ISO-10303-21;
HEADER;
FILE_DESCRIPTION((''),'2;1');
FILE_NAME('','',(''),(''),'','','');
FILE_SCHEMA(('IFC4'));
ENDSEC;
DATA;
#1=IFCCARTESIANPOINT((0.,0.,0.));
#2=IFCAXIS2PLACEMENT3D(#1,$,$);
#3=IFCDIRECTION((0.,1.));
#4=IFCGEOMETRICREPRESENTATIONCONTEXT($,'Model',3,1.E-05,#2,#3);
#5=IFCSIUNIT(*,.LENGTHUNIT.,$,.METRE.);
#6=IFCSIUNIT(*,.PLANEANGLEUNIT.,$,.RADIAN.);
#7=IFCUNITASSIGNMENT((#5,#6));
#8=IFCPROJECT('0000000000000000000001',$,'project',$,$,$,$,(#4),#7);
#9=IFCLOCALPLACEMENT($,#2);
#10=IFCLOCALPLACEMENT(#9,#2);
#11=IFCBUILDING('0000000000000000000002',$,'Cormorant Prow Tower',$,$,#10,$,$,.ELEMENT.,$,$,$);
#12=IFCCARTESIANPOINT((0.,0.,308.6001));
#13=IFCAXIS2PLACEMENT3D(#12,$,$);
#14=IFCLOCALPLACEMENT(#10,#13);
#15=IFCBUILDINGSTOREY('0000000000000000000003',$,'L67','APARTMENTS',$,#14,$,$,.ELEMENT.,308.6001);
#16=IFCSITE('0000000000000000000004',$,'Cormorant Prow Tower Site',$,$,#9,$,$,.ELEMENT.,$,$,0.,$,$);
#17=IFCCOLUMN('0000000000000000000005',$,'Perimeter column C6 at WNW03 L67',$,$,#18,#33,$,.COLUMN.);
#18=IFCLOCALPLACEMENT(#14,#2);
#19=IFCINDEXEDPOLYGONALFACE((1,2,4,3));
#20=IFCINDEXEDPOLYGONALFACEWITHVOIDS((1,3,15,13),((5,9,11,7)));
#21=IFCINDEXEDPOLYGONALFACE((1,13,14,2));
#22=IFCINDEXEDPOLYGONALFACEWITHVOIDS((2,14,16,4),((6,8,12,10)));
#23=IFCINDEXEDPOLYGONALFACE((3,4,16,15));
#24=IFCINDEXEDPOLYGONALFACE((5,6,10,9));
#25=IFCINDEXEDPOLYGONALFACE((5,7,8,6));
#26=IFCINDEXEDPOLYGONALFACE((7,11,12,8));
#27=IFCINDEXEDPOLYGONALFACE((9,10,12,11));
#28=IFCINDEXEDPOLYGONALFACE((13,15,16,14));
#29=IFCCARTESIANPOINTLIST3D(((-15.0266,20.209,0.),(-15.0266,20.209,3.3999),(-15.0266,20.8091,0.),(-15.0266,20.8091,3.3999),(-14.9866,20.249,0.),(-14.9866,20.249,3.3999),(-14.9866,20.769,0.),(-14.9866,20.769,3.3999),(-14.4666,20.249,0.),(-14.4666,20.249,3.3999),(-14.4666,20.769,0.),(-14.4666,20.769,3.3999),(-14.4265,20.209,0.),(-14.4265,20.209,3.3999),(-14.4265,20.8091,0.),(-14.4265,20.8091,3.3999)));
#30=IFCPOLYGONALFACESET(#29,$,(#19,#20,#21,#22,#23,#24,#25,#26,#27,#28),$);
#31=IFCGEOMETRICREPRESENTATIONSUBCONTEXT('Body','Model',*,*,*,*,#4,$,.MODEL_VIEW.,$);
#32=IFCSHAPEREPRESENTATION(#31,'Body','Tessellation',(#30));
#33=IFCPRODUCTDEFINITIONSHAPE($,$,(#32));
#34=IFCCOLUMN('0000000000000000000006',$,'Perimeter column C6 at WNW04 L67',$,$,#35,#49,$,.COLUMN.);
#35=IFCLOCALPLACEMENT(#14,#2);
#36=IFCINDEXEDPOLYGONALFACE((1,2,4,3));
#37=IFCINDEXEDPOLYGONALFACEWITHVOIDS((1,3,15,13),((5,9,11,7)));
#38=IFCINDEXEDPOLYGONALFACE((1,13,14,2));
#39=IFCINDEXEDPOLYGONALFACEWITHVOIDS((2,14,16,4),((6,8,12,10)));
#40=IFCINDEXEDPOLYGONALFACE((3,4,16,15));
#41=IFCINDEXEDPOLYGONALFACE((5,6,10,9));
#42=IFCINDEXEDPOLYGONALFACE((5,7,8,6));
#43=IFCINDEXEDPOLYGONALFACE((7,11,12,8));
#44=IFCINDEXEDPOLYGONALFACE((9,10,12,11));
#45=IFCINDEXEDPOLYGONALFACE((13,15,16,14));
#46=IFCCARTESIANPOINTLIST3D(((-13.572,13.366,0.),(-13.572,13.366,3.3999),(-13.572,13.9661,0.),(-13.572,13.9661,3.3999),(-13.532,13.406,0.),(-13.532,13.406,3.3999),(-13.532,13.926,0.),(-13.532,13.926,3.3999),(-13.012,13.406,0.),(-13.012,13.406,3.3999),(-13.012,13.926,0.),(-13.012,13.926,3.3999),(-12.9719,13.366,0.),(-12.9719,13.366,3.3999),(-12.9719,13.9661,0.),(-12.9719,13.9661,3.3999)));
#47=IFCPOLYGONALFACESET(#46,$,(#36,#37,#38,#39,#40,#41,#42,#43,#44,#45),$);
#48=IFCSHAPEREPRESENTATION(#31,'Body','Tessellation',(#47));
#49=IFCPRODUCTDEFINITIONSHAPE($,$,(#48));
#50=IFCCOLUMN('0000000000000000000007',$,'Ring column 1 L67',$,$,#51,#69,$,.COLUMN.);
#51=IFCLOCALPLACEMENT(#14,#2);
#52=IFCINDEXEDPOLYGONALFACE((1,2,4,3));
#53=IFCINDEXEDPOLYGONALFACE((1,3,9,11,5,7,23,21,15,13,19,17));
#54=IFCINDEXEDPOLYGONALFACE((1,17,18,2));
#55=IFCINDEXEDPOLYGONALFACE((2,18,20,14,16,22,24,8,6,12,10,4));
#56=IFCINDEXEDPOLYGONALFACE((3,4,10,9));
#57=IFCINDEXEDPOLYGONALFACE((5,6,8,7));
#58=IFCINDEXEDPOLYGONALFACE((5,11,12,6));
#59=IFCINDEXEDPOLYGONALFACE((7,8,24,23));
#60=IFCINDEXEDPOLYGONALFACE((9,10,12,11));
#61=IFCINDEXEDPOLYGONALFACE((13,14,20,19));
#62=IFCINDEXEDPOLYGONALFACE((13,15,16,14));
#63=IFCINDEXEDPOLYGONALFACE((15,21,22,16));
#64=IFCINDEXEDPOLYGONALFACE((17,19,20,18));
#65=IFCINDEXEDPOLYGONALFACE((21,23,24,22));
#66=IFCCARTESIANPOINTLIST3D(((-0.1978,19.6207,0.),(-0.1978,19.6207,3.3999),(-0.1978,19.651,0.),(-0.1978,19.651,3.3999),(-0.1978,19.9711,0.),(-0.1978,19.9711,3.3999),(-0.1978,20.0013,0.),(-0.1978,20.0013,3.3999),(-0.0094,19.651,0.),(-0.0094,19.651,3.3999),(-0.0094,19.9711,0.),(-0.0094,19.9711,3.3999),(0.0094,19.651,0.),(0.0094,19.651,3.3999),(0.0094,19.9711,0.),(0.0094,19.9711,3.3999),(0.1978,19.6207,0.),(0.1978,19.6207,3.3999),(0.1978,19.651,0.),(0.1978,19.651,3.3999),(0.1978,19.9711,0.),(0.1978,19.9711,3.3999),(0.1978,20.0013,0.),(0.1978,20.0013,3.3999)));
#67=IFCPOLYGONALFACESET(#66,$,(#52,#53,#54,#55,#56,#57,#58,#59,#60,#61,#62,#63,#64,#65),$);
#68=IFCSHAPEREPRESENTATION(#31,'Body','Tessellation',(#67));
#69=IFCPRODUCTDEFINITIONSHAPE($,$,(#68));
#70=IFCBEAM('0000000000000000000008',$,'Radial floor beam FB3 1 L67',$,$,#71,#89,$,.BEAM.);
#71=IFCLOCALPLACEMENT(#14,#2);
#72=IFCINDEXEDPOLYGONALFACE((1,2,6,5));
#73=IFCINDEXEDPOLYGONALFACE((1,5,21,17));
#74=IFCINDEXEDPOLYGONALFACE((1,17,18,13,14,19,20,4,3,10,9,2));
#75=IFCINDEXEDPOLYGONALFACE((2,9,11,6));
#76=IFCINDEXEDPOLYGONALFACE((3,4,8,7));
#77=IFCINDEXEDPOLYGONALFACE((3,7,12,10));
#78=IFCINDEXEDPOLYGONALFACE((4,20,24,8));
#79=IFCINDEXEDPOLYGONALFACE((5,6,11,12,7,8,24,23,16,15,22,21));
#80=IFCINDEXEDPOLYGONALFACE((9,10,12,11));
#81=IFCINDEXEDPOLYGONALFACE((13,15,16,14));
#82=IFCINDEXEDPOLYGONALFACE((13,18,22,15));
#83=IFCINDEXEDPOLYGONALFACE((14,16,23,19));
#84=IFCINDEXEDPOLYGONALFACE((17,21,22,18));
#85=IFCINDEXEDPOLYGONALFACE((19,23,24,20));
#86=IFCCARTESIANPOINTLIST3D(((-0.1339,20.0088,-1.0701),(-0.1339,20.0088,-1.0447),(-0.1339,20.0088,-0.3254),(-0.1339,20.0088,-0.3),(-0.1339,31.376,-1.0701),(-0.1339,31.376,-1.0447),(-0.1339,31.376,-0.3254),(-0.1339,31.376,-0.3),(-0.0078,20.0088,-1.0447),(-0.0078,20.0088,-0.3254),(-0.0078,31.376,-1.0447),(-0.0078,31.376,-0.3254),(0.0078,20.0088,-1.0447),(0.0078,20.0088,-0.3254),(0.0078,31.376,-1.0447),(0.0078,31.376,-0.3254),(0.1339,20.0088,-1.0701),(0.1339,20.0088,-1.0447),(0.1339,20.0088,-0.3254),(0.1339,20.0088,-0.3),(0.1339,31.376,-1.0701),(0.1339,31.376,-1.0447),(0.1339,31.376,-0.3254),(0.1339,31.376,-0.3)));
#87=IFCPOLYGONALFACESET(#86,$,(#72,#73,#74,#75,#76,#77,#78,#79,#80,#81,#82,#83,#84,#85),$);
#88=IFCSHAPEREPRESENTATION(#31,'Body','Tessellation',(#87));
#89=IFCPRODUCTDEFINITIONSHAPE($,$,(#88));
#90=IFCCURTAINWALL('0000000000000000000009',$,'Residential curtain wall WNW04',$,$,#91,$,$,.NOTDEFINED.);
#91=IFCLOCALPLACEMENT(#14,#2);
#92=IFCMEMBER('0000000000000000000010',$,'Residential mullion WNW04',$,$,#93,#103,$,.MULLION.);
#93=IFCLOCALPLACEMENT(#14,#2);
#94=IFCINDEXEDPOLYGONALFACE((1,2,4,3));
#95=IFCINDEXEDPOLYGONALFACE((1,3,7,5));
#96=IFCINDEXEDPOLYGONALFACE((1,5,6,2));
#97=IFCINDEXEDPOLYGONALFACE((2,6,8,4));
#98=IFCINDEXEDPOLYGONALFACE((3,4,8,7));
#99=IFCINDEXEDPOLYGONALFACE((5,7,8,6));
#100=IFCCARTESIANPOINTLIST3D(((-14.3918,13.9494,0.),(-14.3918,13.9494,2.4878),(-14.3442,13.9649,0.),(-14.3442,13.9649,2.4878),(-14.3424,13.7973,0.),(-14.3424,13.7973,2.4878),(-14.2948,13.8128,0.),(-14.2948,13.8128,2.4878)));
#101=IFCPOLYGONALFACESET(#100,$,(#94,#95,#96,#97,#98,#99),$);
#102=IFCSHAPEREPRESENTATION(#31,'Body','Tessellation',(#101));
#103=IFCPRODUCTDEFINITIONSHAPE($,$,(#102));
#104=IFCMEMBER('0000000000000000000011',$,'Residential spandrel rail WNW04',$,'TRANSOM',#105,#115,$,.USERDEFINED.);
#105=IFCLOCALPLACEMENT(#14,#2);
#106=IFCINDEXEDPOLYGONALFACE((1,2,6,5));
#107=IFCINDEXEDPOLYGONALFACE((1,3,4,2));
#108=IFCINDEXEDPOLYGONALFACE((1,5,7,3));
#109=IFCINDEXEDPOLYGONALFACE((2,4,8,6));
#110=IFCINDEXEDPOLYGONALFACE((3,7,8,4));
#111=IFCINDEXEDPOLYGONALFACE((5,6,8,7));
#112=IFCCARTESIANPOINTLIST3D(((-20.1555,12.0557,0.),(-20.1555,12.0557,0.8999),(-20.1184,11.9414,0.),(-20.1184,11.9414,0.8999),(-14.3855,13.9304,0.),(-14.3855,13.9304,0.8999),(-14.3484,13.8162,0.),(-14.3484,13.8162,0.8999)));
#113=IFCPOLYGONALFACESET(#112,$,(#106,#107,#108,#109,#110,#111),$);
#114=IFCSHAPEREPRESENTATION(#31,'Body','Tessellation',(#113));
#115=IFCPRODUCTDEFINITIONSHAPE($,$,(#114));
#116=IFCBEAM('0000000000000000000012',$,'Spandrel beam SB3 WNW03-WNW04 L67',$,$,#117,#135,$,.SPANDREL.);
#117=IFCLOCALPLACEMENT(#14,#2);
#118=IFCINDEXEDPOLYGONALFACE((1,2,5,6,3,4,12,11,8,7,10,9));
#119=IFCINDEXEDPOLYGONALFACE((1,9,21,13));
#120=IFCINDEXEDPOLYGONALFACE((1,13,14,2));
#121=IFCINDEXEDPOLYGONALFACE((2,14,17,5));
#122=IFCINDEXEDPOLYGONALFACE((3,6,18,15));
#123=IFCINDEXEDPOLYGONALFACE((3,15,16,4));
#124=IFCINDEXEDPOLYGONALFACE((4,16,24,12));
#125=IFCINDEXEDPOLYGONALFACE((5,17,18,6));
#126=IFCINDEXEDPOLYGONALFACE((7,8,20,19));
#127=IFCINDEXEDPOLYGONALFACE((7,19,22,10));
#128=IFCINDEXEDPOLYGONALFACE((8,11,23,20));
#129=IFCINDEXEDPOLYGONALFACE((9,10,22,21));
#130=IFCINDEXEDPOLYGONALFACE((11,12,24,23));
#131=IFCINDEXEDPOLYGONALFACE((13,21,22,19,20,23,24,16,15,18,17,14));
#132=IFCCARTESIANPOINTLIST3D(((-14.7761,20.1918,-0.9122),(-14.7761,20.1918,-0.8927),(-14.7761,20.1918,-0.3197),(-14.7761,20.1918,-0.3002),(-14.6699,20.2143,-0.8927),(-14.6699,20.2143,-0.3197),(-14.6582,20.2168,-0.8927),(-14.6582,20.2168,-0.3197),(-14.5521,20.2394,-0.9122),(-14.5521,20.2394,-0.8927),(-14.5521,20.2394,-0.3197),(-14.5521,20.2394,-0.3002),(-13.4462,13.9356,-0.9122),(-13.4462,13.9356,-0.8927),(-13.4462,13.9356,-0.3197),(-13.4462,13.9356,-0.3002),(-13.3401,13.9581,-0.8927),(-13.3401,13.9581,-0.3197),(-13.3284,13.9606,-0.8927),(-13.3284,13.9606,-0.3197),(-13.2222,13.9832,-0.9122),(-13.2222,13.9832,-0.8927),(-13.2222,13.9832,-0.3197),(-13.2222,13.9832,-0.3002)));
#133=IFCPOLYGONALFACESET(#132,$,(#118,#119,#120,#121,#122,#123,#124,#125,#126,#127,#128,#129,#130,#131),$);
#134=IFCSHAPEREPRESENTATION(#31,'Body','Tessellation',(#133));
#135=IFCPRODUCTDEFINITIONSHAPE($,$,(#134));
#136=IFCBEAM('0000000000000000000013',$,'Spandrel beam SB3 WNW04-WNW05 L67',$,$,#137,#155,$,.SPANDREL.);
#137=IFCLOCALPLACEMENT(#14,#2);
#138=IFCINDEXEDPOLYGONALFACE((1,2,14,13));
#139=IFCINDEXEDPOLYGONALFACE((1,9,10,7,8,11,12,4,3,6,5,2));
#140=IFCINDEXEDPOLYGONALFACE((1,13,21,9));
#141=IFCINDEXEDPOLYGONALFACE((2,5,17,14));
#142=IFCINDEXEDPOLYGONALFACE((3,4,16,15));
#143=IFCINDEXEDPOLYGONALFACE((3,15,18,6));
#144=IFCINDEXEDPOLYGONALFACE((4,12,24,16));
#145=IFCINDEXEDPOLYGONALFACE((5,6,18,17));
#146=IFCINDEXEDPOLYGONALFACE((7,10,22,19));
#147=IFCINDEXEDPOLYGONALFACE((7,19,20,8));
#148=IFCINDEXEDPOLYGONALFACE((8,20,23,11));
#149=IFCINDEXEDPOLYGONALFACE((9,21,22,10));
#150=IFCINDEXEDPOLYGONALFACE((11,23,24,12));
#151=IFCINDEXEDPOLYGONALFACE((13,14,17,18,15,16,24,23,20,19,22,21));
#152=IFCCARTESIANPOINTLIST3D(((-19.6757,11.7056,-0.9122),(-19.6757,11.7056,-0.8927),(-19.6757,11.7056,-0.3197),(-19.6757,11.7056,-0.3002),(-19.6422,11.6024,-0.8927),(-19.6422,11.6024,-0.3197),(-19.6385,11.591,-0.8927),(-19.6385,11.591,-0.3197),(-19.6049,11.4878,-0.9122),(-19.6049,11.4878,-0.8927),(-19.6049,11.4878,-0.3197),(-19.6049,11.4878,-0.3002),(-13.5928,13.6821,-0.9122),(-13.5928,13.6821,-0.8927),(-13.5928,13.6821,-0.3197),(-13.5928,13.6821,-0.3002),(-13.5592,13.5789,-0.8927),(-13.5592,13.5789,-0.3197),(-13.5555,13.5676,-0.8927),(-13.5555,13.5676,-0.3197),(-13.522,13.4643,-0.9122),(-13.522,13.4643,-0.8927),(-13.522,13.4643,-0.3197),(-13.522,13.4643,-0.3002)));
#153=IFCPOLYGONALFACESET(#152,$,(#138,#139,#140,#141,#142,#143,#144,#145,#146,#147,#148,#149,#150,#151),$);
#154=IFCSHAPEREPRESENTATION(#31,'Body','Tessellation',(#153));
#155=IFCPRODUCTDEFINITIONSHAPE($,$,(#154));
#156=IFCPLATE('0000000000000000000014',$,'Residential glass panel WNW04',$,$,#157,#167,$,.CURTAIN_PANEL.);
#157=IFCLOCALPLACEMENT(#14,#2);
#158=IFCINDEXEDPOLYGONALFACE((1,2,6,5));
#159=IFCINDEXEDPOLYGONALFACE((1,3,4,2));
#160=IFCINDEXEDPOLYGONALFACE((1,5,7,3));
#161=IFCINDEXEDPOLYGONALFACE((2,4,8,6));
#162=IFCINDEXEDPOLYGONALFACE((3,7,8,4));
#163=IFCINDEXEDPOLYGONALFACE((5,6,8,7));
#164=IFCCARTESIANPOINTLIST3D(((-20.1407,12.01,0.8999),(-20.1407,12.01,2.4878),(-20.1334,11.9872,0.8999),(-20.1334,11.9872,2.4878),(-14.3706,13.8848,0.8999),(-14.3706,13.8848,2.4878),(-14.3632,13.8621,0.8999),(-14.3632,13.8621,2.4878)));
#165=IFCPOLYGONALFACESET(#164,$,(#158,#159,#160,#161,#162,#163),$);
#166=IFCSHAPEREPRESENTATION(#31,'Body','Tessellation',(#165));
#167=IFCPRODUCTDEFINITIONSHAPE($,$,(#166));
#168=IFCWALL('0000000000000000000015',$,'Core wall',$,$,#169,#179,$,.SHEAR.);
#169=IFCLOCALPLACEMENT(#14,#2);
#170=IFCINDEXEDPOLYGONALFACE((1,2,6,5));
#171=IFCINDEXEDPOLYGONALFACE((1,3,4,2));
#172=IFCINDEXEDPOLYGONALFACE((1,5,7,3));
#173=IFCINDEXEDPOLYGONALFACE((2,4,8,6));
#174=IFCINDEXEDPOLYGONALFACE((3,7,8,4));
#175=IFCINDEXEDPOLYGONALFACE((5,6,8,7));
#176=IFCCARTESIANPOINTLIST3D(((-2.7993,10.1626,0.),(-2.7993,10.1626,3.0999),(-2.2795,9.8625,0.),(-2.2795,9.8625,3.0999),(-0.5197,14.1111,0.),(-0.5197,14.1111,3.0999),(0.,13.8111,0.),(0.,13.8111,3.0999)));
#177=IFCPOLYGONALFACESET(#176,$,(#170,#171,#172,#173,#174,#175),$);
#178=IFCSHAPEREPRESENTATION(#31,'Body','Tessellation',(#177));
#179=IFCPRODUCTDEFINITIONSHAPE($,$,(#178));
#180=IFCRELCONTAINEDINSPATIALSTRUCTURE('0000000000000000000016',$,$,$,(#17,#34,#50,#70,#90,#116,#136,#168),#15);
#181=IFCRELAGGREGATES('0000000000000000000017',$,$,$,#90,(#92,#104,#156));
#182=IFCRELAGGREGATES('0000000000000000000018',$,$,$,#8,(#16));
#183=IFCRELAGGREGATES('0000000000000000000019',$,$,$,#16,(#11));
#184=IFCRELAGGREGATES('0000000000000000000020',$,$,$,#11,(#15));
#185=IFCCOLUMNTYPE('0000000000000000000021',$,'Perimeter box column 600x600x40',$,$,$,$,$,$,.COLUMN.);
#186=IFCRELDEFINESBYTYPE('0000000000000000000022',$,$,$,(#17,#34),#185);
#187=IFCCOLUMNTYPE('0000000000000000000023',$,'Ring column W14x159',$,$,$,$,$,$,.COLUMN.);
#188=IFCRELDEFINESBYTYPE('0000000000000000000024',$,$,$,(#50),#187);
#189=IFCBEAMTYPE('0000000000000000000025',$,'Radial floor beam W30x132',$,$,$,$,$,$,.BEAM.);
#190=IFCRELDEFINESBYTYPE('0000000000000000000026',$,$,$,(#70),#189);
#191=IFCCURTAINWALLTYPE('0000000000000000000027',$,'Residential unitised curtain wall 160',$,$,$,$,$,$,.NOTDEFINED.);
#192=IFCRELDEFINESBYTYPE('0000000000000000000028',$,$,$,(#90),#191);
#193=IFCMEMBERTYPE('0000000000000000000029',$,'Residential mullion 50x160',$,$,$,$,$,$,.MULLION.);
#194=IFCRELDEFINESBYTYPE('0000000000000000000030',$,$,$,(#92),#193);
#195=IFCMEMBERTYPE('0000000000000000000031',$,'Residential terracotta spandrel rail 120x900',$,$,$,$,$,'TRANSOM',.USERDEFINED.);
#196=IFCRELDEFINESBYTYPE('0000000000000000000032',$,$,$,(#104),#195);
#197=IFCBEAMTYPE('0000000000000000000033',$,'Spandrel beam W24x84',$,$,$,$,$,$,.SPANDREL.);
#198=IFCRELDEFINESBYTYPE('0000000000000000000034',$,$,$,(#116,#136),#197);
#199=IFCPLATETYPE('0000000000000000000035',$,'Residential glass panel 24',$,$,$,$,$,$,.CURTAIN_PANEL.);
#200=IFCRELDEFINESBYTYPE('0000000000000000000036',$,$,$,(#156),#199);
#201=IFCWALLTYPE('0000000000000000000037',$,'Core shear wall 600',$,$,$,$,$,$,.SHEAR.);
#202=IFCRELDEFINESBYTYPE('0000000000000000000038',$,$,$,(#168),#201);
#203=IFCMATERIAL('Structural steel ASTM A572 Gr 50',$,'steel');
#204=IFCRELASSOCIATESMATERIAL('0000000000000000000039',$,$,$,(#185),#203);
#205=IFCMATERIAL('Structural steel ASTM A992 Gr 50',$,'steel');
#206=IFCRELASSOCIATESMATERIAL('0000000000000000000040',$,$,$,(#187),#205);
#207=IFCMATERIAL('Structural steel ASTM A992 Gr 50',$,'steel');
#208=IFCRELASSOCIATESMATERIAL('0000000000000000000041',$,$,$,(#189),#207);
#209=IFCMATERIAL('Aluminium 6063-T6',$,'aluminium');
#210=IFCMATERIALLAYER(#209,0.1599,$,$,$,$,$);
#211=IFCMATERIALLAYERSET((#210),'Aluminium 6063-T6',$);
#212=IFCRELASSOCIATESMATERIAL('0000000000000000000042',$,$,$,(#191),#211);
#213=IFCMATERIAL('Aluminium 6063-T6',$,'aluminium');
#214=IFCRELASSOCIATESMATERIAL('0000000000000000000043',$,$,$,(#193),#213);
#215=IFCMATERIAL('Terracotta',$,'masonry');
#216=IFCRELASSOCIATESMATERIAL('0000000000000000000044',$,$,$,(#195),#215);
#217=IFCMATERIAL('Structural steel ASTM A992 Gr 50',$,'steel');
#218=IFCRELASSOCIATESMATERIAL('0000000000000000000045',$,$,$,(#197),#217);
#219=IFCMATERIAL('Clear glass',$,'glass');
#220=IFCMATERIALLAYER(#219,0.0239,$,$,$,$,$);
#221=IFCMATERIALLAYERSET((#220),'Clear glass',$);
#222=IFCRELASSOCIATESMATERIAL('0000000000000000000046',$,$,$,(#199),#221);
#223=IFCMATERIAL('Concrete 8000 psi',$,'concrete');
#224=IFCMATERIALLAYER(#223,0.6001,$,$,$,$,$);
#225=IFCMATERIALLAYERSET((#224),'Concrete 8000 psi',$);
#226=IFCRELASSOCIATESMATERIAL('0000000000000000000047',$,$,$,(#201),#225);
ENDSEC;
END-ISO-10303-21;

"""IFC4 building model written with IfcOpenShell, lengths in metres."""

from ifc_helpers import new_model, si_unit, direction, frame, frame_2d, origin, origin_2d, place, context, subcontext, project, spatial, rectangle, hollow_rectangle, i_section, extrude, material, layer, layer_set, material_profile, profile_set, type_object, element, aggregate, save


model = new_model("IFC4")

# Units and contexts
model_context = context("Model", 3, precision=1e-05, world=origin(), true_north=direction((0.0, 1.0)))
body_context = subcontext(model_context, "Body", "Model", "MODEL_VIEW")
ifc_project = project(units=[si_unit("LENGTHUNIT", "METRE"), si_unit("PLANEANGLEUNIT", "RADIAN")], contexts=[model_context])

# Site, building, storey
site_placement = place(None, origin())
site = spatial("IfcSite", under=ifc_project, at=site_placement, Name="Cormorant Prow Tower Site", CompositionType="ELEMENT", RefElevation=0.0)
building_placement = place(site_placement, origin())
building = spatial("IfcBuilding", under=site, at=building_placement, Name="Cormorant Prow Tower", CompositionType="ELEMENT")
storey_placement = place(building_placement, frame((0.0, 0.0, 308.6001)))
storey = spatial("IfcBuildingStorey", under=building, at=storey_placement, Name="L67", Description="APARTMENTS", CompositionType="ELEMENT", Elevation=308.6001)

# Columns
ifc_material_1 = material(Name="Structural steel ASTM A572 Gr 50", Category="steel")
ifc_material_profile_1 = material_profile(ifc_material_1, hollow_rectangle(XDim=0.6001, YDim=0.6001, WallThickness=0.04, at=origin_2d()), Name="Box 600x600x40")
ifc_profile_set_1 = profile_set([ifc_material_profile_1], Name="Structural steel ASTM A572 Gr 50")
column_type_1 = type_object("IfcColumnType", Name="Perimeter box column 600x600x40", PredefinedType="COLUMN", material=ifc_profile_set_1)
for number, where, z_axis, x_axis, name in (
    (1, (-14.7266, 20.509, 0.0), (0.0, 0.0, 1.0), (1.0, 0.0, 0.0), "Perimeter column C6 at WNW03 L67"),
    (2, (-13.272, 13.666, 0.0), (0.0, 0.0, 1.0), (1.0, 0.0, 0.0), "Perimeter column C6 at WNW04 L67"),
):
    element("IfcColumn", number, at=place(storey_placement, frame(where, z_axis=z_axis, x_axis=x_axis)), inside=storey, type_object=column_type_1, Name=name, PredefinedType="COLUMN", context=body_context, shape_type="SweptSolid", body=[
        extrude(hollow_rectangle(XDim=0.6001, YDim=0.6001, WallThickness=0.04, at=origin_2d()), origin(), (0.0, 0.0, 1.0), 3.3999),
    ])
ifc_material_2 = material(Name="Structural steel ASTM A992 Gr 50", Category="steel")
ifc_material_profile_2 = material_profile(ifc_material_2, i_section(OverallWidth=0.3955, OverallDepth=0.3806, WebThickness=0.0188, FlangeThickness=0.0303, at=origin_2d()), Name="W14x159")
ifc_profile_set_2 = profile_set([ifc_material_profile_2], Name="Structural steel ASTM A992 Gr 50")
column_type_2 = type_object("IfcColumnType", Name="Ring column W14x159", PredefinedType="COLUMN", material=ifc_profile_set_2)
column_placement = place(storey_placement, frame((0.0, 19.811, 0.0), z_axis=(0.0, 0.0, 1.0), x_axis=(1.0, 0.0, 0.0)))
element("IfcColumn", 3, at=column_placement, inside=storey, type_object=column_type_2, Name="Ring column 1 L67", PredefinedType="COLUMN", context=body_context, shape_type="SweptSolid", body=[
    extrude(i_section(OverallWidth=0.3955, OverallDepth=0.3806, WebThickness=0.0188, FlangeThickness=0.0303, at=origin_2d()), origin(), (0.0, 0.0, 1.0), 3.3999),
])

# Beam
ifc_material_3 = material(Name="Structural steel ASTM A992 Gr 50", Category="steel")
ifc_material_profile_3 = material_profile(ifc_material_3, i_section(OverallWidth=0.2678, OverallDepth=0.77, WebThickness=0.0156, FlangeThickness=0.0254, at=origin_2d()), Name="W30x132")
ifc_profile_set_3 = profile_set([ifc_material_profile_3], Name="Structural steel ASTM A992 Gr 50")
beam_type_1 = type_object("IfcBeamType", Name="Radial floor beam W30x132", PredefinedType="BEAM", material=ifc_profile_set_3)
beam_placement = place(storey_placement, frame((0.0, 20.0088, -0.6851), z_axis=(0.0, 1.0, 0.0), x_axis=(-1.0, 0.0, 0.0)))
element("IfcBeam", 4, at=beam_placement, inside=storey, type_object=beam_type_1, Name="Radial floor beam FB3 1 L67", PredefinedType="BEAM", context=body_context, shape_type="SweptSolid", body=[
    extrude(i_section(OverallWidth=0.2678, OverallDepth=0.77, WebThickness=0.0156, FlangeThickness=0.0254, at=origin_2d()), origin(), (0.0, 0.0, 1.0), 11.3672),
])

# Curtain wall, members
ifc_material_4 = material(Name="Aluminium 6063-T6", Category="aluminium")
ifc_layer_1 = layer(ifc_material_4, 0.1599)
ifc_layer_set_1 = layer_set([ifc_layer_1], Name="Aluminium 6063-T6")
curtain_wall_type = type_object("IfcCurtainWallType", Name="Residential unitised curtain wall 160", PredefinedType="NOTDEFINED", material=ifc_layer_set_1)
curtain_wall_placement = place(storey_placement, origin())
curtain_wall = element("IfcCurtainWall", 5, at=curtain_wall_placement, inside=storey, type_object=curtain_wall_type, Name="Residential curtain wall WNW04", PredefinedType="NOTDEFINED")
ifc_material_5 = material(Name="Aluminium 6063-T6", Category="aluminium")
ifc_material_profile_4 = material_profile(ifc_material_5, rectangle(XDim=0.1599, YDim=0.05, at=origin_2d()), Name="Residential mullion 50x160")
ifc_profile_set_4 = profile_set([ifc_material_profile_4], Name="Aluminium 6063-T6")
member_type_1 = type_object("IfcMemberType", Name="Residential mullion 50x160", PredefinedType="MULLION", material=ifc_profile_set_4)
member_1_placement = place(storey_placement, frame((-14.3433, 13.8811, 0.0), z_axis=(0.0, 0.0, 1.0), x_axis=(0.309017, -0.951057, 0.0)))
member_1 = element("IfcMember", 6, at=member_1_placement, type_object=member_type_1, Name="Residential mullion WNW04", PredefinedType="MULLION", context=body_context, shape_type="SweptSolid", body=[
    extrude(rectangle(XDim=0.1599, YDim=0.05, at=origin_2d()), origin(), (0.0, 0.0, 1.0), 2.4878),
])
ifc_material_6 = material(Name="Terracotta", Category="masonry")
ifc_material_profile_5 = material_profile(ifc_material_6, rectangle(XDim=0.1201, YDim=0.8999, at=origin_2d()), Name="Residential terracotta spandrel rail 120x900")
ifc_profile_set_5 = profile_set([ifc_material_profile_5], Name="Terracotta")
member_type_2 = type_object("IfcMemberType", Name="Residential terracotta spandrel rail 120x900", ElementType="TRANSOM", PredefinedType="USERDEFINED", material=ifc_profile_set_5)
member_2_placement = place(storey_placement, frame((-14.3669, 13.8733, 0.45), z_axis=(-0.951058, -0.309011, 0.0), x_axis=(0.309011, -0.951058, 0.0)))
member_2 = element("IfcMember", 7, at=member_2_placement, type_object=member_type_2, Name="Residential spandrel rail WNW04", ObjectType="TRANSOM", PredefinedType="USERDEFINED", context=body_context, shape_type="SweptSolid", body=[
    extrude(rectangle(XDim=0.1201, YDim=0.8999, at=origin_2d()), origin(), (0.0, 0.0, 1.0), 6.0669),
])

# Beams
ifc_material_7 = material(Name="Structural steel ASTM A992 Gr 50", Category="steel")
ifc_material_profile_6 = material_profile(ifc_material_7, i_section(OverallWidth=0.229, OverallDepth=0.6121, WebThickness=0.012, FlangeThickness=0.0195, at=origin_2d()), Name="W24x84")
ifc_profile_set_6 = profile_set([ifc_material_profile_6], Name="Structural steel ASTM A992 Gr 50")
beam_type_2 = type_object("IfcBeamType", Name="Spandrel beam W24x84", PredefinedType="SPANDREL", material=ifc_profile_set_6)
for number, where, z_axis, x_axis, name in (
    (8, (-14.6641, 20.2156, -0.6062), (0.20792, -0.978146, 0.0), (0.978146, 0.20792, 0.0), "Spandrel beam SB3 WNW03-WNW04 L67"),
    (9, (-13.5574, 13.5732, -0.6062), (-0.951053, -0.309027, 0.0), (0.309027, -0.951053, 0.0), "Spandrel beam SB3 WNW04-WNW05 L67"),
):
    element("IfcBeam", number, at=place(storey_placement, frame(where, z_axis=z_axis, x_axis=x_axis)), inside=storey, type_object=beam_type_2, Name=name, PredefinedType="SPANDREL", context=body_context, shape_type="SweptSolid", body=[
        extrude(i_section(OverallWidth=0.229, OverallDepth=0.6121, WebThickness=0.012, FlangeThickness=0.0195, at=origin_2d()), origin(), (0.0, 0.0, 1.0), 6.396),
    ])

# Plate
ifc_material_8 = material(Name="Clear glass", Category="glass")
ifc_layer_2 = layer(ifc_material_8, 0.0239)
ifc_layer_set_2 = layer_set([ifc_layer_2], Name="Clear glass")
plate_type = type_object("IfcPlateType", Name="Residential glass panel 24", PredefinedType="CURTAIN_PANEL", material=ifc_layer_set_2)
plate_placement = place(storey_placement, frame((-17.252, 12.936, 0.8999), z_axis=(0.0, 0.0, 1.0), x_axis=(-0.951057, -0.309017, 0.0)))
plate = element("IfcPlate", 10, at=plate_placement, type_object=plate_type, Name="Residential glass panel WNW04", PredefinedType="CURTAIN_PANEL", context=body_context, shape_type="SweptSolid", body=[
    extrude(rectangle(XDim=6.0671, YDim=0.0239, at=origin_2d()), origin(), (0.0, 0.0, 1.0), 1.5879),
])
aggregate(curtain_wall, [member_1, member_2, plate])

# Wall
ifc_material_9 = material(Name="Concrete 8000 psi", Category="concrete")
ifc_layer_3 = layer(ifc_material_9, 0.6001)
ifc_layer_set_3 = layer_set([ifc_layer_3], Name="Concrete 8000 psi")
wall_type_1 = type_object("IfcWallType", Name="Core shear wall 600", PredefinedType="SHEAR", material=ifc_layer_set_3)
wall_1_placement = place(storey_placement, frame((-0.2598, 13.9612, 0.0), z_axis=(0.0, 0.0, 1.0), x_axis=(-0.49998, -0.866037, 0.0)))
element("IfcWall", 11, at=wall_1_placement, inside=storey, type_object=wall_type_1, Name="Core wall", PredefinedType="SHEAR", context=body_context, shape_type="SweptSolid", body=[
    extrude(rectangle(XDim=4.5593, YDim=0.6001, at=frame_2d((2.2798, 0.0))), origin(), (0.0, 0.0, 1.0), 3.0999),
])

save(model, "model.ifc")
